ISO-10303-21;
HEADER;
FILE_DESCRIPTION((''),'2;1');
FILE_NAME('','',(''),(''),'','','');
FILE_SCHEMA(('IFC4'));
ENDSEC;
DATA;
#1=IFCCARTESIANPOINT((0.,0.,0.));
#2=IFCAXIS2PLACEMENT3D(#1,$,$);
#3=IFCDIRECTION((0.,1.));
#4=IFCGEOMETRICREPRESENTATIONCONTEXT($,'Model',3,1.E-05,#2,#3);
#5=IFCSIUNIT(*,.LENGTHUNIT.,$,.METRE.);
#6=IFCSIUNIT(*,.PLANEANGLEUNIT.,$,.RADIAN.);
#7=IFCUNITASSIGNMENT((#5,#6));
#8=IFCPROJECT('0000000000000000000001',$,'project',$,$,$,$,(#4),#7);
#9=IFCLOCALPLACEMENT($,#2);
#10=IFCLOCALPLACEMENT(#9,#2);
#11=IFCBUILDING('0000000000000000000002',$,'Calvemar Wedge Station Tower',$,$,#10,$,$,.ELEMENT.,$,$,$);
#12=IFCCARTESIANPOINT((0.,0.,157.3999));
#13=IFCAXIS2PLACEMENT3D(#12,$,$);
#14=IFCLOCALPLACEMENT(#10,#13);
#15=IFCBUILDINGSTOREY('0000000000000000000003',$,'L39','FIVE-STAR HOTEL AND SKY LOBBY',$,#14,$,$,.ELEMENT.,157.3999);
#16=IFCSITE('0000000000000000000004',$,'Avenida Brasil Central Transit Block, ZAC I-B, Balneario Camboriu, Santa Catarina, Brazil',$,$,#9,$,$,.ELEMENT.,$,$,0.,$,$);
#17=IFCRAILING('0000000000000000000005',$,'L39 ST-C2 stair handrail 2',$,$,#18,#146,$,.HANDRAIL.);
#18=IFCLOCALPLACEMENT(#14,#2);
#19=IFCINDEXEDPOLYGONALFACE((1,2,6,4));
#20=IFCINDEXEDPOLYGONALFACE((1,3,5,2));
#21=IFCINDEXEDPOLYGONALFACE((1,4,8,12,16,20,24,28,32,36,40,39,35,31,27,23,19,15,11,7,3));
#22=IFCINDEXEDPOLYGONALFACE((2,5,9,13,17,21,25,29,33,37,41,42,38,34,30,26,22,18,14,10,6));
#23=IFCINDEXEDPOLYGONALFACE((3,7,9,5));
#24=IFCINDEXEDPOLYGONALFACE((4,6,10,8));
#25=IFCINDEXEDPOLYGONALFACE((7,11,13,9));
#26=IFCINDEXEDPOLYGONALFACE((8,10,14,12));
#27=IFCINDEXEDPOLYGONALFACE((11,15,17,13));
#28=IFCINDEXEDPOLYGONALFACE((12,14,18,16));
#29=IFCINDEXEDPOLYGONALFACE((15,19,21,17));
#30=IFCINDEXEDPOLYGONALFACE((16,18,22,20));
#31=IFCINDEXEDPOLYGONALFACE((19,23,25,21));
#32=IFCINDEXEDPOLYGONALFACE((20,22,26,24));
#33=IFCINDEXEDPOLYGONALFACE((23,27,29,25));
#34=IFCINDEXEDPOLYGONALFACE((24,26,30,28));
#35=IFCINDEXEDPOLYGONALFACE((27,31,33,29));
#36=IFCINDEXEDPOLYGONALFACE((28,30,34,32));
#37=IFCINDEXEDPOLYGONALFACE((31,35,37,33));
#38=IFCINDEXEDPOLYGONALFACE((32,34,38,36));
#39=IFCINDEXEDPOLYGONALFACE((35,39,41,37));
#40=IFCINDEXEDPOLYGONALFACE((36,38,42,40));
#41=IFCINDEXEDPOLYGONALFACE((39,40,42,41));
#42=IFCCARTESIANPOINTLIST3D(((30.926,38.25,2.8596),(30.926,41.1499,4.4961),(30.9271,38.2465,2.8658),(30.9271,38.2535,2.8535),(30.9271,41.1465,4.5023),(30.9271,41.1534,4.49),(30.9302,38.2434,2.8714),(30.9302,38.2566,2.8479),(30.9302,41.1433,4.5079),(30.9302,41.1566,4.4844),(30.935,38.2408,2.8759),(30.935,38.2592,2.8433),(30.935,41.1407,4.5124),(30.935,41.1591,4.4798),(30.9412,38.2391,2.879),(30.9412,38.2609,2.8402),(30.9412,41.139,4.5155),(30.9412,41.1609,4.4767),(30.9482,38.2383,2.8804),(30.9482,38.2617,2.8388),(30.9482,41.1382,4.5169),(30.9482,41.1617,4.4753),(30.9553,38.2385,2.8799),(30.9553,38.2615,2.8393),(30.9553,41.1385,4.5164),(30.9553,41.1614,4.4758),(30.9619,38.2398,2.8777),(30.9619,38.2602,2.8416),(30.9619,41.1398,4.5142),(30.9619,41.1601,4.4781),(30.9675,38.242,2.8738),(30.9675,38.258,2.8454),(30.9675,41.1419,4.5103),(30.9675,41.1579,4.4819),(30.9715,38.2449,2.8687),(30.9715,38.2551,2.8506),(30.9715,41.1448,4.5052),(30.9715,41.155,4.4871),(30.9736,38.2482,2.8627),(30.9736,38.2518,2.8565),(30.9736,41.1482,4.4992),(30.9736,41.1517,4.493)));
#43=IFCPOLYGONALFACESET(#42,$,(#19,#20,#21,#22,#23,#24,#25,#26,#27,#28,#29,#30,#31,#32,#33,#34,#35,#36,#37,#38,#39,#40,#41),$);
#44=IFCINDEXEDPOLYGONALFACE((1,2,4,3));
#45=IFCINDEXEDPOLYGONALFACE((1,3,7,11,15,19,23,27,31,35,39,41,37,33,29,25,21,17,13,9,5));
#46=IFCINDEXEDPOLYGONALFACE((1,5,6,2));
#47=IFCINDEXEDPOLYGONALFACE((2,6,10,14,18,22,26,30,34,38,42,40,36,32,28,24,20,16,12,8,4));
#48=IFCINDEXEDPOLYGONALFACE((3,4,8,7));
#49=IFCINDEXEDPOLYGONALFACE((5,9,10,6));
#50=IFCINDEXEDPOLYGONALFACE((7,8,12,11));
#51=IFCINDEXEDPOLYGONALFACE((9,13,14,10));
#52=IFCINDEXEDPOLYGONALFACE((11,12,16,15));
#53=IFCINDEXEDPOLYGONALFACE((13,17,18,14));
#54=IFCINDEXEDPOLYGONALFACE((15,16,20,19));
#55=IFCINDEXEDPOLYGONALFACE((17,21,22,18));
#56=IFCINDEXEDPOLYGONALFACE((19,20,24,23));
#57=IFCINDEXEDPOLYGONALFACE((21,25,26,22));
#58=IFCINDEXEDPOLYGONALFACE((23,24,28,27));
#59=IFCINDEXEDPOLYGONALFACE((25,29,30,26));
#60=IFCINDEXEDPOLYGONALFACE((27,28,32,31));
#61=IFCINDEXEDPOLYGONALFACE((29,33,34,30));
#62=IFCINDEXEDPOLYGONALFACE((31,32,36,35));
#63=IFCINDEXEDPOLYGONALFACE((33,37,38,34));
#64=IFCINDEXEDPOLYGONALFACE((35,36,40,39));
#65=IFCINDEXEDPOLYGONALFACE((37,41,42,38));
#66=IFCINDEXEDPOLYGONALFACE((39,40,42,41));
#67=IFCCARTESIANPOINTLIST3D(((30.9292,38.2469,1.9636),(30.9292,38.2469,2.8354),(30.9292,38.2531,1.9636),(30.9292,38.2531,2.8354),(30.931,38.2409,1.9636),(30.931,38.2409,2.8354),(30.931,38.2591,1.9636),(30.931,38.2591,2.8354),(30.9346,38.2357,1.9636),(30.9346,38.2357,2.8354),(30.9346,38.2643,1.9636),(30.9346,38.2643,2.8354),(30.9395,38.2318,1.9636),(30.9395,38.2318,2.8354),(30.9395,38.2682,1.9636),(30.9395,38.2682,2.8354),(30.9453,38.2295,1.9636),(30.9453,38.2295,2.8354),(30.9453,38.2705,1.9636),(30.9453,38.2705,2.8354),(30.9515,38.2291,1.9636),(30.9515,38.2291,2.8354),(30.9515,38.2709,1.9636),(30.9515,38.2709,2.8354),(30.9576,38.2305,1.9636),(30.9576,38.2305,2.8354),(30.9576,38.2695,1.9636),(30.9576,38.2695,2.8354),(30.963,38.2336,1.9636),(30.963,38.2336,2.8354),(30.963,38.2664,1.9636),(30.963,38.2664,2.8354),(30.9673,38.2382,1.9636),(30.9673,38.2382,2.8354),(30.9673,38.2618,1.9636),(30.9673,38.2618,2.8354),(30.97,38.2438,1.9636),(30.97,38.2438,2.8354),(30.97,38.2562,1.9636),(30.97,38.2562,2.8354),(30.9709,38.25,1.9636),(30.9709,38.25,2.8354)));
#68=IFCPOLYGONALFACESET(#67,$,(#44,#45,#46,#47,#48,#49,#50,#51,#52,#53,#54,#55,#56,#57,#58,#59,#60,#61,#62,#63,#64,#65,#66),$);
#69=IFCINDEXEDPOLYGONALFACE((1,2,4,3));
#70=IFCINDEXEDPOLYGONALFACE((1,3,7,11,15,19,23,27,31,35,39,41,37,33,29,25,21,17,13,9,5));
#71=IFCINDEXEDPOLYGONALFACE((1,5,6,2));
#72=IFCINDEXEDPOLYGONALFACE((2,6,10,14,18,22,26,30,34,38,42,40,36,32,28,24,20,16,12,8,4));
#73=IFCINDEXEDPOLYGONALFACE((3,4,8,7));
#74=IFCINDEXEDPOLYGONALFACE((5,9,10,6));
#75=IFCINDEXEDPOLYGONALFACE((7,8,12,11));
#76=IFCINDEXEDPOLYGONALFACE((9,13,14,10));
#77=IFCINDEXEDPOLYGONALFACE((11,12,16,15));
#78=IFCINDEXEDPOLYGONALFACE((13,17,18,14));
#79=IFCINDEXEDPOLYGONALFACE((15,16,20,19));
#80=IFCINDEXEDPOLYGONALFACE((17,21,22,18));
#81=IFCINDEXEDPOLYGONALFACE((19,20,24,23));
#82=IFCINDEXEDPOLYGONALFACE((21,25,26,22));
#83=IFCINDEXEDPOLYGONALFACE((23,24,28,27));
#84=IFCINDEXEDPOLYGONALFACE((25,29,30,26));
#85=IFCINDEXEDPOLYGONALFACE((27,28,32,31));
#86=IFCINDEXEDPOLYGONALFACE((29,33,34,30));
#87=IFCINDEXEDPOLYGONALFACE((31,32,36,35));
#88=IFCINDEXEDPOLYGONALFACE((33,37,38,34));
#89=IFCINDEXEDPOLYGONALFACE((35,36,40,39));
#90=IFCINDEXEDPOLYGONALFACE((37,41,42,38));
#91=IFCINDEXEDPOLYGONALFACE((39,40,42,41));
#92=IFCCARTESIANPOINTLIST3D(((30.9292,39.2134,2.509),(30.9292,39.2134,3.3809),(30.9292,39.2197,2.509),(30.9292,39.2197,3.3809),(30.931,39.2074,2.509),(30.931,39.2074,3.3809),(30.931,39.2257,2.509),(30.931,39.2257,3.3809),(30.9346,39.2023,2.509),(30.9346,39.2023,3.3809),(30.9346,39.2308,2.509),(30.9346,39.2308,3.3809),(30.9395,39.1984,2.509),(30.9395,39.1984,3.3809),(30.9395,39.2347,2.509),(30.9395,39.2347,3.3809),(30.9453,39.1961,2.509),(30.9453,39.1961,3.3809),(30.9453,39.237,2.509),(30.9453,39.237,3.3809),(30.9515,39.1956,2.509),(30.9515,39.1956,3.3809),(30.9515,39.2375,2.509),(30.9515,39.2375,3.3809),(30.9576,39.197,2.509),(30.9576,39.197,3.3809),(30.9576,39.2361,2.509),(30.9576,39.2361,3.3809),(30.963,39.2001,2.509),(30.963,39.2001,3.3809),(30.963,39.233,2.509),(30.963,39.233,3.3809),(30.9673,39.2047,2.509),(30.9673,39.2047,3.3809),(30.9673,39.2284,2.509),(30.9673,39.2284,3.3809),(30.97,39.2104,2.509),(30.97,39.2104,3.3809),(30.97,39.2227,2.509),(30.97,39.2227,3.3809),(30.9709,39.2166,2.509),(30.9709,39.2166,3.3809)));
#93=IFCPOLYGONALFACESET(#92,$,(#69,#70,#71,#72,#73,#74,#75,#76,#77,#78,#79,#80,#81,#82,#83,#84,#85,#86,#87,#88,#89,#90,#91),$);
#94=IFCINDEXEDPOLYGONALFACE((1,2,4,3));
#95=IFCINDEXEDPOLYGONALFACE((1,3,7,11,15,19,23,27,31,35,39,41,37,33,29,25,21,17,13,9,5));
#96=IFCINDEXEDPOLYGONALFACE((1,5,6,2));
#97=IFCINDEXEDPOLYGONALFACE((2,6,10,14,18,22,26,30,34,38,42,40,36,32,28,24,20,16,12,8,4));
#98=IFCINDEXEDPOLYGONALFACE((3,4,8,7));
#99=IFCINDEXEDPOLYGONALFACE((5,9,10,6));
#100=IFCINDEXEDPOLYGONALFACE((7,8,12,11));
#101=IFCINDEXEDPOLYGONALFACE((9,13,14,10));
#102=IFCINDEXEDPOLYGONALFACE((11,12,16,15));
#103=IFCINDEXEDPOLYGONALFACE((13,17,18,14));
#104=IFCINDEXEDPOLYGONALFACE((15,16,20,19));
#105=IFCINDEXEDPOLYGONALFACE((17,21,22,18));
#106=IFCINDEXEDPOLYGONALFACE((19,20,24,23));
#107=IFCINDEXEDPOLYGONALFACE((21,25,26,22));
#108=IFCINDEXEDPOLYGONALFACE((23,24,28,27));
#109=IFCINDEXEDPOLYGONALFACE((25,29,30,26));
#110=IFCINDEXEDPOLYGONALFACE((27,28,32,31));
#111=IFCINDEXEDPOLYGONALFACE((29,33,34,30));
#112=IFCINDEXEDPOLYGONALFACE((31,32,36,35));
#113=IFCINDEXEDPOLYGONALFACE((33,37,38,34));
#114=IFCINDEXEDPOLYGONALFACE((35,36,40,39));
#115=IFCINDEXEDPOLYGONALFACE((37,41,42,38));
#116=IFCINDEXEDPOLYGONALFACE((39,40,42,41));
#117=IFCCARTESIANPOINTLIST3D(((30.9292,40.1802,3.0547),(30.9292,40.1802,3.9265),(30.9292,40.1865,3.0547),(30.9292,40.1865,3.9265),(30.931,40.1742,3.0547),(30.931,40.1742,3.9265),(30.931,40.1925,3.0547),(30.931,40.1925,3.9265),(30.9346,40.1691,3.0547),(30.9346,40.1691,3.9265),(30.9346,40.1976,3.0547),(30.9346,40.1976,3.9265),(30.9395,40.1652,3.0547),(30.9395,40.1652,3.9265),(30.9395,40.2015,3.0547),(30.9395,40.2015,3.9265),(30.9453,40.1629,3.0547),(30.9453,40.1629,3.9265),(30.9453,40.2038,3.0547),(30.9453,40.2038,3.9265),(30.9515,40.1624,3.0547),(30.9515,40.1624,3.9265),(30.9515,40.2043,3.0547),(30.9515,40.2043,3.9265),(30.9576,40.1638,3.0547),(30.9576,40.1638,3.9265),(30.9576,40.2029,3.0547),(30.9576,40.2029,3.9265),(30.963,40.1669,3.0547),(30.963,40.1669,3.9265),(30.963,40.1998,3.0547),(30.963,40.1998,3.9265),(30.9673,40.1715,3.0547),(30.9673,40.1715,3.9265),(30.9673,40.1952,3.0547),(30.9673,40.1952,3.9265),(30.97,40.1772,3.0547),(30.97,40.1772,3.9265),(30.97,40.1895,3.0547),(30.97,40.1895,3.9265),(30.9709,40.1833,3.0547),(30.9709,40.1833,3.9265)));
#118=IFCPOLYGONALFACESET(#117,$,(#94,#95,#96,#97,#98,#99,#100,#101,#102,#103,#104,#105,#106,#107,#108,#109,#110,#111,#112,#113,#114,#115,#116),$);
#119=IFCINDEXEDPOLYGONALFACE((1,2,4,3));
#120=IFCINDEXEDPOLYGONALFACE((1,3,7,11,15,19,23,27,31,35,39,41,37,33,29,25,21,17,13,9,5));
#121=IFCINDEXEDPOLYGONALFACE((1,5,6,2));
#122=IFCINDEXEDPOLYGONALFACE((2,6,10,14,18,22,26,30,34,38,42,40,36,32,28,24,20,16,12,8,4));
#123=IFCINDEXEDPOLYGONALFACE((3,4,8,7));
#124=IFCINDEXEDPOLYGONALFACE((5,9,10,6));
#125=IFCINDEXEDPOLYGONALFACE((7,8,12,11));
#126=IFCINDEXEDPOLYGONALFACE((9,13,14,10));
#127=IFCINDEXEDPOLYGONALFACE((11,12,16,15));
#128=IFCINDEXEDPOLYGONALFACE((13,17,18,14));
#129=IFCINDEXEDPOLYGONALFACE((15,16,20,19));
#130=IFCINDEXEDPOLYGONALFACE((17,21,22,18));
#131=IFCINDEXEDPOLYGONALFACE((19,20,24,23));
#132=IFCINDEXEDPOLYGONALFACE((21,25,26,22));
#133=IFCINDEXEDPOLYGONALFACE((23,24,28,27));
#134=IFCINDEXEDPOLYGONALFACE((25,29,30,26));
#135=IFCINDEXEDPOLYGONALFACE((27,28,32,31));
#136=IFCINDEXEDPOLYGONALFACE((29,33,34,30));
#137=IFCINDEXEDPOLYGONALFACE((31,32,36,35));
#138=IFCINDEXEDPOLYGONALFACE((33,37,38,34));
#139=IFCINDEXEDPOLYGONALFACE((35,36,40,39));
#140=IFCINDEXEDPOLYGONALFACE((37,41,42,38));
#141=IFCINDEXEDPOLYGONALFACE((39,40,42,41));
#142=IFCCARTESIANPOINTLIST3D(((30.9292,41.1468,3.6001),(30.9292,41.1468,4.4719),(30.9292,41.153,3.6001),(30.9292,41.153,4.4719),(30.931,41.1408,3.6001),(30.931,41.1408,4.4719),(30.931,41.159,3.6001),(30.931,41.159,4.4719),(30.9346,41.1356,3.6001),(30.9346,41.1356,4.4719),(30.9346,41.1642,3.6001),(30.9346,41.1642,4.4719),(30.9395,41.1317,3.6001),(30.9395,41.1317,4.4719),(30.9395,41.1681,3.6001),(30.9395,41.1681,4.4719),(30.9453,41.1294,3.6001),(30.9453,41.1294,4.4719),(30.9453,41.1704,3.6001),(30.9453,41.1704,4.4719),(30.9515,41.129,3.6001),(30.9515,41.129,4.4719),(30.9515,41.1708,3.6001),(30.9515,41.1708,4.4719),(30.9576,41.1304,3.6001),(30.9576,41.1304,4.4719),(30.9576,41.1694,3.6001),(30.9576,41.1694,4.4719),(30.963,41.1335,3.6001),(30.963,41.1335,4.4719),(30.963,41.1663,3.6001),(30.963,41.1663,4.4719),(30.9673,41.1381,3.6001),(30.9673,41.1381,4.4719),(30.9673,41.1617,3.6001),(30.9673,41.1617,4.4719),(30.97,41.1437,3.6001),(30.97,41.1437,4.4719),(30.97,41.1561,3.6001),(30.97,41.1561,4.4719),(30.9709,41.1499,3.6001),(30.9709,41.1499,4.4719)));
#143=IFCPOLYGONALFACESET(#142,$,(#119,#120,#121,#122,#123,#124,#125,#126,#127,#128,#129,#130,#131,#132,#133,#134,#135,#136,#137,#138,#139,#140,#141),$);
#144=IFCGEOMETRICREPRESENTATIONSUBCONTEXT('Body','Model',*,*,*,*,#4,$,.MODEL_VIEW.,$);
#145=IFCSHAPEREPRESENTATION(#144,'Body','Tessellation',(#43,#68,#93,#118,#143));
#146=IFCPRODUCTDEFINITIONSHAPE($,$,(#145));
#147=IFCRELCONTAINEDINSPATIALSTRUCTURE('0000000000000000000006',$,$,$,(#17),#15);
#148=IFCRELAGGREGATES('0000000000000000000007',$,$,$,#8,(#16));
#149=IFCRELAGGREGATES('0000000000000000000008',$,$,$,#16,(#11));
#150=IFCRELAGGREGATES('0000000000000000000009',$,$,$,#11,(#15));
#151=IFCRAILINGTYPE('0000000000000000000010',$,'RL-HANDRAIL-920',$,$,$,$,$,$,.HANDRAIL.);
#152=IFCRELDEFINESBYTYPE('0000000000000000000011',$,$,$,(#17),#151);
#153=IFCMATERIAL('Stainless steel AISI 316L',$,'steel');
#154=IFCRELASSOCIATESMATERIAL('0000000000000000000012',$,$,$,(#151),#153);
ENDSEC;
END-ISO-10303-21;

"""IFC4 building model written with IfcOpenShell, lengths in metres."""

from ifc_helpers import new_model, si_unit, direction, frame, origin, origin_2d, place, context, subcontext, project, spatial, circle, extrude, material, type_object, element, save


model = new_model("IFC4")

# Units and contexts
model_context = context("Model", 3, precision=1e-05, world=origin(), true_north=direction((0.0, 1.0)))
body_context = subcontext(model_context, "Body", "Model", "MODEL_VIEW")
ifc_project = project(units=[si_unit("LENGTHUNIT", "METRE"), si_unit("PLANEANGLEUNIT", "RADIAN")], contexts=[model_context])

# Site, building, storey
site_placement = place(None, origin())
site = spatial("IfcSite", under=ifc_project, at=site_placement, Name="Avenida Brasil Central Transit Block, ZAC I-B, Balneario Camboriu, Santa Catarina, Brazil", CompositionType="ELEMENT", RefElevation=0.0)
building_placement = place(site_placement, origin())
building = spatial("IfcBuilding", under=site, at=building_placement, Name="Calvemar Wedge Station Tower", CompositionType="ELEMENT")
storey_placement = place(building_placement, frame((0.0, 0.0, 157.3999)))
storey = spatial("IfcBuildingStorey", under=building, at=storey_placement, Name="L39", Description="FIVE-STAR HOTEL AND SKY LOBBY", CompositionType="ELEMENT", Elevation=157.3999)

# Railing
ifc_material_1 = material(Name="Stainless steel AISI 316L", Category="steel")
railing_type_1 = type_object("IfcRailingType", Name="RL-HANDRAIL-920", PredefinedType="HANDRAIL", material=ifc_material_1)
railing_1_placement = place(storey_placement, frame((30.95, 38.25, 1.9636)))
element("IfcRailing", 1, at=railing_1_placement, inside=storey, type_object=railing_type_1, Name="L39 ST-C2 stair handrail 2", PredefinedType="HANDRAIL", context=body_context, shape_type="SweptSolid", body=[
    extrude(circle(Radius=0.0239, at=origin_2d()), frame((0.0, 0.0, 0.896), z_axis=(0.0, 0.870897, 0.491465), x_axis=(-1.0, 0.0, 0.0)), (0.0, 0.0, 1.0), 3.3298),
    extrude(circle(Radius=0.021, at=origin_2d()), origin(), (0.0, 0.0, 1.0), 0.8718),
    extrude(circle(Radius=0.021, at=origin_2d()), frame((0.0, 0.9666, 0.5454)), (0.0, 0.0, 1.0), 0.8718),
    extrude(circle(Radius=0.021, at=origin_2d()), frame((0.0, 1.9333, 1.0911)), (0.0, 0.0, 1.0), 0.8718),
    extrude(circle(Radius=0.021, at=origin_2d()), frame((0.0, 2.8999, 1.6365)), (0.0, 0.0, 1.0), 0.8718),
])

save(model, "model.ifc")
